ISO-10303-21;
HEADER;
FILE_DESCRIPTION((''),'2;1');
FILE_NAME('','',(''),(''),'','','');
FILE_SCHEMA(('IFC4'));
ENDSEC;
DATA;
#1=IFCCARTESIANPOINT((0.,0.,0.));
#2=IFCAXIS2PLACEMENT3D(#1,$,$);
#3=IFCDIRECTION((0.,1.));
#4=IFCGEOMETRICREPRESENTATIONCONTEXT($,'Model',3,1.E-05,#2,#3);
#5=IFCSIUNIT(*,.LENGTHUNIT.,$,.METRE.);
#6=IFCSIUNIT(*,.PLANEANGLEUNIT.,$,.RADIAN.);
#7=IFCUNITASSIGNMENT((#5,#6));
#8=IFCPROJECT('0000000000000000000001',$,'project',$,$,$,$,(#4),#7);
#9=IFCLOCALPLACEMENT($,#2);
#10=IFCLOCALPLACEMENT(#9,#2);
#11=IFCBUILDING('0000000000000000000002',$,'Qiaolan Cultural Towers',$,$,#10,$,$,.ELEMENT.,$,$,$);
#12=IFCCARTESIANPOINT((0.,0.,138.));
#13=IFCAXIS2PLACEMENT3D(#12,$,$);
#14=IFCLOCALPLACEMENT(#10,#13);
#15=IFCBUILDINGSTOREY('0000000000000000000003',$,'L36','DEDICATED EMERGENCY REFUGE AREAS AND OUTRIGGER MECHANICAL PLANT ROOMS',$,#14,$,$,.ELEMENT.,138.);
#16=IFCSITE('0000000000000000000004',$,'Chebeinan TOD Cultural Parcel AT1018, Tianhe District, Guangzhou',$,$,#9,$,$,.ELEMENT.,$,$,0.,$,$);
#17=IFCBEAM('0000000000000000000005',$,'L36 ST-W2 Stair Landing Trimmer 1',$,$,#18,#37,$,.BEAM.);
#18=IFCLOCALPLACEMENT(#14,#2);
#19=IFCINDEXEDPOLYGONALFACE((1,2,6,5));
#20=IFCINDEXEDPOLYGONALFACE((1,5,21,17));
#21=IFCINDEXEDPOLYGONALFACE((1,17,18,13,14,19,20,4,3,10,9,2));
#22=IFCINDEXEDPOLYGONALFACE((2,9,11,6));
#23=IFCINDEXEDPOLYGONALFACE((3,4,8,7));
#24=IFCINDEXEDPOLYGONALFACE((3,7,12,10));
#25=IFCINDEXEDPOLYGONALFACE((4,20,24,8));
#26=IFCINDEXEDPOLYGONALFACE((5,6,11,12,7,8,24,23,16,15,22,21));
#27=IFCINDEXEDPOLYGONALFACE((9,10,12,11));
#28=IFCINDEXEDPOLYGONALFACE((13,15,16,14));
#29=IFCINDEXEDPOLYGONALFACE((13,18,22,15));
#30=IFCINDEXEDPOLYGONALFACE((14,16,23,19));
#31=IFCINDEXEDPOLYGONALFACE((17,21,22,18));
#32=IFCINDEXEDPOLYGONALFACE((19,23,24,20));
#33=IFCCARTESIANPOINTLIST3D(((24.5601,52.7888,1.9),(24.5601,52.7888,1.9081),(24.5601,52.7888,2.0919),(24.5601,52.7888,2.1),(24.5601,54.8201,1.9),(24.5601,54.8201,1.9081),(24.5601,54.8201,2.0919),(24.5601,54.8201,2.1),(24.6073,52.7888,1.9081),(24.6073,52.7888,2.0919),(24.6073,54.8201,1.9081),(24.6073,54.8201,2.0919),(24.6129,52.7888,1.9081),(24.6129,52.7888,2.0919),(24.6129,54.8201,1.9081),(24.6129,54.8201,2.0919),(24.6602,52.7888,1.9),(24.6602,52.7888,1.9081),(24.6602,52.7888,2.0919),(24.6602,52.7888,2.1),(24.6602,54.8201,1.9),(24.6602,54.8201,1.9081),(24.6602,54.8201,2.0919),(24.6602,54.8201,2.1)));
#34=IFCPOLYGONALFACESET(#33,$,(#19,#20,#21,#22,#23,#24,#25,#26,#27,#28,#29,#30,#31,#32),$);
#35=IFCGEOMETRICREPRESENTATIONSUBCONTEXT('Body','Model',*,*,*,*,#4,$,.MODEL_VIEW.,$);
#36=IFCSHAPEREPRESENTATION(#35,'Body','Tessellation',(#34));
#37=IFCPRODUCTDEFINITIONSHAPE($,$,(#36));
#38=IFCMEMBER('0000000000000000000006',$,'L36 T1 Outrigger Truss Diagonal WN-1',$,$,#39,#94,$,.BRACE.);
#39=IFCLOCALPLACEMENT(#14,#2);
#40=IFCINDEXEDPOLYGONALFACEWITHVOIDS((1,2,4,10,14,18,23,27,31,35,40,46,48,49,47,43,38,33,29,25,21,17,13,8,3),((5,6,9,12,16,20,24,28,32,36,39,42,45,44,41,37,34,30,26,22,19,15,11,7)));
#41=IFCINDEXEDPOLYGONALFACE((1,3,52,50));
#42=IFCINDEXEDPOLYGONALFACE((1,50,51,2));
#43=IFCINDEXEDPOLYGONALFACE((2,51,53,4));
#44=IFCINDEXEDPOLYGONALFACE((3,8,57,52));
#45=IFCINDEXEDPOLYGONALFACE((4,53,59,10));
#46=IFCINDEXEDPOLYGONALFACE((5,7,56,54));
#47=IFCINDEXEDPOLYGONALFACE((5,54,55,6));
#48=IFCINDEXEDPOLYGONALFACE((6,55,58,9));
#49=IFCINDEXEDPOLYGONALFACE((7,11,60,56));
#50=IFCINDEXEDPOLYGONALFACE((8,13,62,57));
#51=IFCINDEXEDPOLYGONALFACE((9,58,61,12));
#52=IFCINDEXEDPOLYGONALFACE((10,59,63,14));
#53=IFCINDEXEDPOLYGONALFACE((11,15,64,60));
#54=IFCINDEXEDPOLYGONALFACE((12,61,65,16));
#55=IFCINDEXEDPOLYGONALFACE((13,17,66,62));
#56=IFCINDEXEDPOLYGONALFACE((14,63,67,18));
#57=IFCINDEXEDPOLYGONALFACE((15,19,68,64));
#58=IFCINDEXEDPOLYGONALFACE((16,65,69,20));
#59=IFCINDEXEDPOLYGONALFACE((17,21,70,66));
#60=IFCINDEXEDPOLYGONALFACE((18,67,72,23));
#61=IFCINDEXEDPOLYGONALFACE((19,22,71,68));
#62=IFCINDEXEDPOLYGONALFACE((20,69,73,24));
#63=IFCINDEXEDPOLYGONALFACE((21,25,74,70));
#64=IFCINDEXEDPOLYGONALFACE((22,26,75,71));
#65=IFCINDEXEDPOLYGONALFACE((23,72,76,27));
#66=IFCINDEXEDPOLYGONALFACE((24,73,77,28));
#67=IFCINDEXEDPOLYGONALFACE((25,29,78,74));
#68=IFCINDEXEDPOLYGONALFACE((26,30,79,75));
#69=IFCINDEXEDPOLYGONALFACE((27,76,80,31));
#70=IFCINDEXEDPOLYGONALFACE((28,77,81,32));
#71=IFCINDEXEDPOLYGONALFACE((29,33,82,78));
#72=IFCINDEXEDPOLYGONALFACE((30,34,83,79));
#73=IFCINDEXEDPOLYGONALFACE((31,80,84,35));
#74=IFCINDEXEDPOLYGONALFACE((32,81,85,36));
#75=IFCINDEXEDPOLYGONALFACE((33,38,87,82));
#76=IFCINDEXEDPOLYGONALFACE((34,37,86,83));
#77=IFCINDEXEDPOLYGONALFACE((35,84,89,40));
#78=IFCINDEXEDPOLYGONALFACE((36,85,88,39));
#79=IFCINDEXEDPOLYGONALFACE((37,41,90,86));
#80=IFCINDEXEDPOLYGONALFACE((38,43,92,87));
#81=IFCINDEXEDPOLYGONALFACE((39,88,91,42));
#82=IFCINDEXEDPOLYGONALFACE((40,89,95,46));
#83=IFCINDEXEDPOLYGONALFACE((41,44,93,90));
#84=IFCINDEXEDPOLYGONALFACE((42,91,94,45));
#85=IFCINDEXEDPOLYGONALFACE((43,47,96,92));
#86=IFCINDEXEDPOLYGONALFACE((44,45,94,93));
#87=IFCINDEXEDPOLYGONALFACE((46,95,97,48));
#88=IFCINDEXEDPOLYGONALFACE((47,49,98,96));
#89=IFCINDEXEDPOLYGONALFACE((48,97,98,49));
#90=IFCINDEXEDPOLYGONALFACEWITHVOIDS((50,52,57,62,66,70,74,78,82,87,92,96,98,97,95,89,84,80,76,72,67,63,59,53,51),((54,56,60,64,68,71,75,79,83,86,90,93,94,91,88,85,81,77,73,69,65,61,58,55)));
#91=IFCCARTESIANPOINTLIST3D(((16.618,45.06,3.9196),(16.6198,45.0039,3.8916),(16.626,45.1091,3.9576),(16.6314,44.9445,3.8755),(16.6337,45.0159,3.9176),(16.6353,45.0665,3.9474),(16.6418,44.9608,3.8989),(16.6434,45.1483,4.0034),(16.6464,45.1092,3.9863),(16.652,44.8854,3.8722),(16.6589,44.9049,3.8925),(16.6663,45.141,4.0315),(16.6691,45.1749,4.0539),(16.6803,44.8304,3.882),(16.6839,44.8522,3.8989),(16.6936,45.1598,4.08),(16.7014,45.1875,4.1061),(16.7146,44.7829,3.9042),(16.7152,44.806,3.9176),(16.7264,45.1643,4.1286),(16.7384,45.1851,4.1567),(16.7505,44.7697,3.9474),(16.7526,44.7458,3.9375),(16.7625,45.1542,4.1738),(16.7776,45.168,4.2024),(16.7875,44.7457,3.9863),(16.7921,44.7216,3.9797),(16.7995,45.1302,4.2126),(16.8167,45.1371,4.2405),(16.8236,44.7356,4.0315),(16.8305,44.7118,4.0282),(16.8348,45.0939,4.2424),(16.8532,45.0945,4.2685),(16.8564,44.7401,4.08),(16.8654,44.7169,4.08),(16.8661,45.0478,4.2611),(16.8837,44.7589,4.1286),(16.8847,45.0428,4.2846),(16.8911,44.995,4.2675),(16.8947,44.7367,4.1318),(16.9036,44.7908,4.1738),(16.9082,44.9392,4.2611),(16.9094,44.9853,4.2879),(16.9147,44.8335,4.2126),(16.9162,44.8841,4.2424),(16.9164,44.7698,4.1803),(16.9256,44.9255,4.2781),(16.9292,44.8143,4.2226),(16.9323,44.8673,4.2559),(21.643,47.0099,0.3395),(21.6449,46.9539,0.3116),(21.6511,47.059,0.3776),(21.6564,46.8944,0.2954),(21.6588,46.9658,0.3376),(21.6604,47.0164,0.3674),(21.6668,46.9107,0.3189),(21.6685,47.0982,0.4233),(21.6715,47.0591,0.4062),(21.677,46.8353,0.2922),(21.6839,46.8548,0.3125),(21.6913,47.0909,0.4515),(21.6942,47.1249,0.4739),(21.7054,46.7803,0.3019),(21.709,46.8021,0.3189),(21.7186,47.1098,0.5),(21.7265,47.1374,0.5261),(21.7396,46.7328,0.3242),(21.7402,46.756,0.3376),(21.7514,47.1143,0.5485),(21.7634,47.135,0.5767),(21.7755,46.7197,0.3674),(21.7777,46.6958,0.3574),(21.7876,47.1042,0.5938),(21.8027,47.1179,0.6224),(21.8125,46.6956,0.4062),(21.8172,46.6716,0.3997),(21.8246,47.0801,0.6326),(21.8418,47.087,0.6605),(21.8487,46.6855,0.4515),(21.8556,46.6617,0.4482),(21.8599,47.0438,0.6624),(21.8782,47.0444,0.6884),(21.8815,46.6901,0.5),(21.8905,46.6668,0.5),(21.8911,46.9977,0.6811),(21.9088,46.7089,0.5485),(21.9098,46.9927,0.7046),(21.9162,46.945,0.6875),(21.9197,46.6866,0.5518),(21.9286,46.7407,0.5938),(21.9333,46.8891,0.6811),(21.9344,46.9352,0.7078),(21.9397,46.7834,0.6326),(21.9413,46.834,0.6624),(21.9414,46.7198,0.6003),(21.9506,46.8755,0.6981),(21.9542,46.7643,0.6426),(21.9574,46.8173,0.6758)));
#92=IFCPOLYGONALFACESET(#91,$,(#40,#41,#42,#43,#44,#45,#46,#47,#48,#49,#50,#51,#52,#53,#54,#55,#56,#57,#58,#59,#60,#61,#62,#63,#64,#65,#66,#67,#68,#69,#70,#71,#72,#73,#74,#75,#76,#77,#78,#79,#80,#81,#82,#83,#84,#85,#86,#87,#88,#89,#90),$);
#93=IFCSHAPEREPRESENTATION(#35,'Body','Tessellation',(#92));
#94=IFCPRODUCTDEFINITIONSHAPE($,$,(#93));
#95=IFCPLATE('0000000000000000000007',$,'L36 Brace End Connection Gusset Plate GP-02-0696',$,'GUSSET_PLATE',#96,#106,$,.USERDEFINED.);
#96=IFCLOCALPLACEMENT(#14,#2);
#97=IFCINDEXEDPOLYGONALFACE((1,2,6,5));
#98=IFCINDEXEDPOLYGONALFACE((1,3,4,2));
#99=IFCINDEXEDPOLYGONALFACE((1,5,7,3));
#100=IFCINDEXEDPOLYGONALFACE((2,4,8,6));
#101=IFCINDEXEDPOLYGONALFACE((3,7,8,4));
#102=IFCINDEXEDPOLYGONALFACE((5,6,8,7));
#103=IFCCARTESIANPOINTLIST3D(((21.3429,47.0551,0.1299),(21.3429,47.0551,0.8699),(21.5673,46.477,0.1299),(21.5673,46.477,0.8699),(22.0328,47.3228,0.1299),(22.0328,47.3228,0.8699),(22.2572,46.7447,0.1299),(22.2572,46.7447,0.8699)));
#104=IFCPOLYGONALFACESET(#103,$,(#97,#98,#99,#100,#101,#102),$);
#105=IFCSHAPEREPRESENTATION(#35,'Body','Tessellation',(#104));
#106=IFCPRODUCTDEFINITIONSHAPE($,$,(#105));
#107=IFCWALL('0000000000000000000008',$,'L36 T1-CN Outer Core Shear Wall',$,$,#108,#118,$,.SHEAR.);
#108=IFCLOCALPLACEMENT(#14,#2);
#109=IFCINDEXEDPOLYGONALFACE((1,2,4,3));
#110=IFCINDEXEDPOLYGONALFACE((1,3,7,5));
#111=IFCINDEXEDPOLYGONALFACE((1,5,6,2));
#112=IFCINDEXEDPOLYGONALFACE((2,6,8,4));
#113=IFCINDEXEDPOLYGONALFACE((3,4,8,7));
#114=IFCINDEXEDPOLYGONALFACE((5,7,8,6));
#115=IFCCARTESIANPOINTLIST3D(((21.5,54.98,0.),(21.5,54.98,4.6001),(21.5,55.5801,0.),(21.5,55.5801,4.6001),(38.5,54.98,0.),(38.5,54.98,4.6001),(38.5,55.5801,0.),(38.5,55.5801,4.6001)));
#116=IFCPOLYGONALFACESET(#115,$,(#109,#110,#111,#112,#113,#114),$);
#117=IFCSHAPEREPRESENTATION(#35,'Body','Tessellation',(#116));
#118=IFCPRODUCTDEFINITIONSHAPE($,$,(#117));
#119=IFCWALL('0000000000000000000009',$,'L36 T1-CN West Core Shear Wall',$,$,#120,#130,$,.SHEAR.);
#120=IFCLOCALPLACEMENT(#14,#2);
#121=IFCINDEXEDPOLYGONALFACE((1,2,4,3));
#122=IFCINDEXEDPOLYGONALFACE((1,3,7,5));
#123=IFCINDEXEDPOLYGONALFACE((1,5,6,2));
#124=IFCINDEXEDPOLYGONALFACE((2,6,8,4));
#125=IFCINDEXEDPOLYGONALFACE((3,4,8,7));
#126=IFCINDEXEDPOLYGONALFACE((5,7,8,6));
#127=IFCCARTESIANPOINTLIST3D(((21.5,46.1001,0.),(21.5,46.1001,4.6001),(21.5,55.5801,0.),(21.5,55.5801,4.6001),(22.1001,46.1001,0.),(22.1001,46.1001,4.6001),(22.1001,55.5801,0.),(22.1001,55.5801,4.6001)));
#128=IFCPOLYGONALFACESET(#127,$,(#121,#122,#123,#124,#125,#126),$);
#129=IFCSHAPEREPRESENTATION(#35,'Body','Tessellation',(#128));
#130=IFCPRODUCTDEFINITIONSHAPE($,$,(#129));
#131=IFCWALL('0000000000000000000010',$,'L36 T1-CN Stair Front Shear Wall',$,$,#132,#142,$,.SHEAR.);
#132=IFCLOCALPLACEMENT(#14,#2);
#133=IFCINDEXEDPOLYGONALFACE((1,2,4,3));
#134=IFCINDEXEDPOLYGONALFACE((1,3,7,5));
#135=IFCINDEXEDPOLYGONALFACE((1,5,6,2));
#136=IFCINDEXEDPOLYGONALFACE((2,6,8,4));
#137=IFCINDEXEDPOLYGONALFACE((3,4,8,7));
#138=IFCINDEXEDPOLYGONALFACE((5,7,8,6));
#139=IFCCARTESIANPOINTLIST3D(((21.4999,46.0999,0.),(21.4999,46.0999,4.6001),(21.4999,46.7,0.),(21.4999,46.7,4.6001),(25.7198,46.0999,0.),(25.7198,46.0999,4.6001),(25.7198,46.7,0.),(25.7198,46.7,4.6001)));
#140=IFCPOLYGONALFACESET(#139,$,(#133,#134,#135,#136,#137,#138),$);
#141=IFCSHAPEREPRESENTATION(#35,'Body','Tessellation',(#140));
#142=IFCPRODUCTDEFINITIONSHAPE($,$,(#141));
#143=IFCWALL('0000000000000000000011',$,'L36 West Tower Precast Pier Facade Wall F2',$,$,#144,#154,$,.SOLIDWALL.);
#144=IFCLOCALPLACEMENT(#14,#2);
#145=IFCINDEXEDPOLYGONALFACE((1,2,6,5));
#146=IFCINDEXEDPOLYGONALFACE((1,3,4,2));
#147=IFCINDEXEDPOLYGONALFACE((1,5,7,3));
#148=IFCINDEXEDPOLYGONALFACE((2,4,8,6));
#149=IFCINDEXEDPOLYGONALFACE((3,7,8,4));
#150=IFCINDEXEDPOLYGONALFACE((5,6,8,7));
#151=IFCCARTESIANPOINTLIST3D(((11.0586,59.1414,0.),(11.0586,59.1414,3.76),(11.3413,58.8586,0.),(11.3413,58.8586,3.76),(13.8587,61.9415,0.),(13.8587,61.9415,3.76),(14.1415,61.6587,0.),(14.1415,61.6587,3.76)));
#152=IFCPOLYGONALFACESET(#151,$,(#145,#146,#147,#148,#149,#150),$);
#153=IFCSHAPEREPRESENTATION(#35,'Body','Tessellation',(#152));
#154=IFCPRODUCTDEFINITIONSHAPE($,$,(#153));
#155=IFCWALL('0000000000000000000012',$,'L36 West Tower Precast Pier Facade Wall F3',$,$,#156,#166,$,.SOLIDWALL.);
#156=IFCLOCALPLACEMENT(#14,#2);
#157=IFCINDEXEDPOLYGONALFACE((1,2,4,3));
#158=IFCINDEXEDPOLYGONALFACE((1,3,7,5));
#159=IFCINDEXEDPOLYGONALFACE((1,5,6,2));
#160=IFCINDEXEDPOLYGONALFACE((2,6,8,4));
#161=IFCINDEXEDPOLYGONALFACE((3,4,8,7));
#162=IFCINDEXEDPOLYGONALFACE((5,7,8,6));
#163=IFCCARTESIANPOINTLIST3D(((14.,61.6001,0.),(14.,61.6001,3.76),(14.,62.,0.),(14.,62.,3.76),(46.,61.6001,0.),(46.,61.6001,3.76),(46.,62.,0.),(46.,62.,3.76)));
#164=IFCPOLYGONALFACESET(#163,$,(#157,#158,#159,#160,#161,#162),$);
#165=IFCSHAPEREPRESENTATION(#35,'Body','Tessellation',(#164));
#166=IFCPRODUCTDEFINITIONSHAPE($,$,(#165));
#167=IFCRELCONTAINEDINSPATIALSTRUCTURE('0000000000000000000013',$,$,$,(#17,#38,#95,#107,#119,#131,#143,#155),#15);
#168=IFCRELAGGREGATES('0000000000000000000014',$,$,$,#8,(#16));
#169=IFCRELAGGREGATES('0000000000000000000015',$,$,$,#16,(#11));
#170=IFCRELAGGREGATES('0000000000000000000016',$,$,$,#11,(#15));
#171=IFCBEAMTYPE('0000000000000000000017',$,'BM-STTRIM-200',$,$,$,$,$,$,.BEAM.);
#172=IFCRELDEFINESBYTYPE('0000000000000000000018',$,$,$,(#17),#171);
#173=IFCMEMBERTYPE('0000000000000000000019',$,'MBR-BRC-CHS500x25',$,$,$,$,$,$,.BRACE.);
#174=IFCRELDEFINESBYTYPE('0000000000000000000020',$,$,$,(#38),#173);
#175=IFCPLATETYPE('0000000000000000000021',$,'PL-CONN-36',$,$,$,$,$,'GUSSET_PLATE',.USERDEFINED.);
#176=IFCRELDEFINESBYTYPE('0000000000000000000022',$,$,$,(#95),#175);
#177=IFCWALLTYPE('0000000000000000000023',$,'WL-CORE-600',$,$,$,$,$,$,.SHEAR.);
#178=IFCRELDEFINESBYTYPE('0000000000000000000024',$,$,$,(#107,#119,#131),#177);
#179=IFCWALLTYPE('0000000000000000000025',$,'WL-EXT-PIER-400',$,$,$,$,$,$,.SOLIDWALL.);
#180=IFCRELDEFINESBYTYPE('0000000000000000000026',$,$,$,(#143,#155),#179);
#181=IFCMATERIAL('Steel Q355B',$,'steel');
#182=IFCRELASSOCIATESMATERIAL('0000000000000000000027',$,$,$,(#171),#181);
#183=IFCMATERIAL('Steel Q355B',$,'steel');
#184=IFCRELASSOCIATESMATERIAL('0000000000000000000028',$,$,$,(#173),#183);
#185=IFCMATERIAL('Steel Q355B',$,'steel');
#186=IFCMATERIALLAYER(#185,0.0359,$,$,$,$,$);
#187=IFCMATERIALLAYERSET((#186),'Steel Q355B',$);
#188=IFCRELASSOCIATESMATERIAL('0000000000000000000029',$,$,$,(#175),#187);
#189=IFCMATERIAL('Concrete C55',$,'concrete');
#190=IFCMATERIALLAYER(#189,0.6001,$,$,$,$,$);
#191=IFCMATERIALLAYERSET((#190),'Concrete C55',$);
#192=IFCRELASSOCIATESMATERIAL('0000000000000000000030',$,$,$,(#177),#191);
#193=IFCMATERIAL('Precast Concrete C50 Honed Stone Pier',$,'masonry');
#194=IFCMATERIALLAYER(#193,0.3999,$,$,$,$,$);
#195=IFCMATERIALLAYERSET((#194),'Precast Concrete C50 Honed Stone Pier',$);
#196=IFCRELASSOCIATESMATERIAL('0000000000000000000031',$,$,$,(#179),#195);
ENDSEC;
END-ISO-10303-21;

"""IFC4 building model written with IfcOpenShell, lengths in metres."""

from ifc_helpers import new_model, si_unit, direction, frame, frame_2d, origin, origin_2d, place, context, subcontext, project, spatial, rectangle, hollow_circle, i_section, extrude, material, layer, layer_set, material_profile, profile_set, type_object, element, save


model = new_model("IFC4")

# Units and contexts
model_context = context("Model", 3, precision=1e-05, world=origin(), true_north=direction((0.0, 1.0)))
body_context = subcontext(model_context, "Body", "Model", "MODEL_VIEW")
ifc_project = project(units=[si_unit("LENGTHUNIT", "METRE"), si_unit("PLANEANGLEUNIT", "RADIAN")], contexts=[model_context])

# Site, building, storey
site_placement = place(None, origin())
site = spatial("IfcSite", under=ifc_project, at=site_placement, Name="Chebeinan TOD Cultural Parcel AT1018, Tianhe District, Guangzhou", CompositionType="ELEMENT", RefElevation=0.0)
building_placement = place(site_placement, origin())
building = spatial("IfcBuilding", under=site, at=building_placement, Name="Qiaolan Cultural Towers", CompositionType="ELEMENT")
storey_placement = place(building_placement, frame((0.0, 0.0, 138.0)))
storey = spatial("IfcBuildingStorey", under=building, at=storey_placement, Name="L36", Description="DEDICATED EMERGENCY REFUGE AREAS AND OUTRIGGER MECHANICAL PLANT ROOMS", CompositionType="ELEMENT", Elevation=138.0)

# Beam
ifc_material_1 = material(Name="Steel Q355B", Category="steel")
ifc_material_profile_1 = material_profile(ifc_material_1, i_section(OverallWidth=0.1001, OverallDepth=0.2, WebThickness=0.0056, FlangeThickness=0.0081, at=origin_2d()), Name="HN200x100x5.5x8")
ifc_profile_set_1 = profile_set([ifc_material_profile_1], Name="Steel Q355B")
beam_type_1 = type_object("IfcBeamType", Name="BM-STTRIM-200", PredefinedType="BEAM", material=ifc_profile_set_1)
beam_1_placement = place(storey_placement, frame((24.6101, 52.7888, 2.0), z_axis=(0.0, 1.0, 0.0), x_axis=(-1.0, 0.0, 0.0)))
element("IfcBeam", 1, at=beam_1_placement, inside=storey, type_object=beam_type_1, Name="L36 ST-W2 Stair Landing Trimmer 1", PredefinedType="BEAM", context=body_context, shape_type="SweptSolid", body=[
    extrude(i_section(OverallWidth=0.1001, OverallDepth=0.2, WebThickness=0.0056, FlangeThickness=0.0081, at=origin_2d()), origin(), (0.0, 0.0, 1.0), 2.0312),
])

# Member
ifc_material_2 = material(Name="Steel Q355B", Category="steel")
ifc_material_profile_2 = material_profile(ifc_material_2, hollow_circle(Radius=0.25, WallThickness=0.0249, at=origin_2d()), Name="CHS500x25")
ifc_profile_set_2 = profile_set([ifc_material_profile_2], Name="Steel Q355B")
member_type = type_object("IfcMemberType", Name="MBR-BRC-CHS500x25", PredefinedType="BRACE", material=ifc_profile_set_2)
member_placement = place(storey_placement, frame((21.8, 46.8999, 0.5), z_axis=(-0.776587, -0.301346, 0.553266), x_axis=(0.361758, -0.932272, 0.0)))
element("IfcMember", 2, at=member_placement, inside=storey, type_object=member_type, Name="L36 T1 Outrigger Truss Diagonal WN-1", PredefinedType="BRACE", context=body_context, shape_type="SweptSolid", body=[
    extrude(hollow_circle(Radius=0.25, WallThickness=0.0249, at=origin_2d()), origin(), (0.0, 0.0, 1.0), 6.4707),
])

# Plate
ifc_material_3 = material(Name="Steel Q355B", Category="steel")
ifc_layer_1 = layer(ifc_material_3, 0.0359)
ifc_layer_set_1 = layer_set([ifc_layer_1], Name="Steel Q355B")
plate_type = type_object("IfcPlateType", Name="PL-CONN-36", ElementType="GUSSET_PLATE", PredefinedType="USERDEFINED", material=ifc_layer_set_1)
plate_placement = place(storey_placement, frame((21.8, 46.8999, 0.1299), z_axis=(0.0, 0.0, 1.0), x_axis=(0.932266, 0.361775, 0.0)))
element("IfcPlate", 3, at=plate_placement, inside=storey, type_object=plate_type, Name="L36 Brace End Connection Gusset Plate GP-02-0696", ObjectType="GUSSET_PLATE", PredefinedType="USERDEFINED", context=body_context, shape_type="SweptSolid", body=[
    extrude(rectangle(XDim=0.74, YDim=0.6201, at=origin_2d()), origin(), (0.0, 0.0, 1.0), 0.74),
])

# Walls
ifc_material_4 = material(Name="Concrete C55", Category="concrete")
ifc_layer_2 = layer(ifc_material_4, 0.6001)
ifc_layer_set_2 = layer_set([ifc_layer_2], Name="Concrete C55")
wall_type_1 = type_object("IfcWallType", Name="WL-CORE-600", PredefinedType="SHEAR", material=ifc_layer_set_2)
wall_1_placement = place(storey_placement, frame((21.5, 55.28, 0.0), z_axis=(0.0, 0.0, 1.0), x_axis=(1.0, 0.0, 0.0)))
element("IfcWall", 4, at=wall_1_placement, inside=storey, type_object=wall_type_1, Name="L36 T1-CN Outer Core Shear Wall", PredefinedType="SHEAR", context=body_context, shape_type="SweptSolid", body=[
    extrude(rectangle(XDim=17.0, YDim=0.6001, at=frame_2d((8.5, 0.0))), origin(), (0.0, 0.0, 1.0), 4.6001),
])
wall_2_placement = place(storey_placement, frame((21.8, 46.1001, 0.0), z_axis=(0.0, 0.0, 1.0), x_axis=(0.0, 1.0, 0.0)))
element("IfcWall", 5, at=wall_2_placement, inside=storey, type_object=wall_type_1, Name="L36 T1-CN West Core Shear Wall", PredefinedType="SHEAR", context=body_context, shape_type="SweptSolid", body=[
    extrude(rectangle(XDim=9.48, YDim=0.6001, at=frame_2d((4.74, 0.0))), origin(), (0.0, 0.0, 1.0), 4.6001),
])
wall_3_placement = place(storey_placement, frame((21.5, 46.3999, 0.0), z_axis=(0.0, 0.0, 1.0), x_axis=(1.0, 0.0, 0.0)))
element("IfcWall", 6, at=wall_3_placement, inside=storey, type_object=wall_type_1, Name="L36 T1-CN Stair Front Shear Wall", PredefinedType="SHEAR", context=body_context, shape_type="SweptSolid", body=[
    extrude(rectangle(XDim=4.22, YDim=0.6001, at=frame_2d((2.1099, 0.0))), origin(), (0.0, 0.0, 1.0), 4.6001),
])
ifc_material_5 = material(Name="Precast Concrete C50 Honed Stone Pier", Category="masonry")
ifc_layer_3 = layer(ifc_material_5, 0.3999)
ifc_layer_set_3 = layer_set([ifc_layer_3], Name="Precast Concrete C50 Honed Stone Pier")
wall_type_2 = type_object("IfcWallType", Name="WL-EXT-PIER-400", PredefinedType="SOLIDWALL", material=ifc_layer_set_3)
wall_4_placement = place(storey_placement, frame((11.2, 59.0, 0.0), z_axis=(0.0, 0.0, 1.0), x_axis=(0.707107, 0.707107, 0.0)))
element("IfcWall", 7, at=wall_4_placement, inside=storey, type_object=wall_type_2, Name="L36 West Tower Precast Pier Facade Wall F2", PredefinedType="SOLIDWALL", context=body_context, shape_type="SweptSolid", body=[
    extrude(rectangle(XDim=3.96, YDim=0.3999, at=frame_2d((1.98, 0.0))), origin(), (0.0, 0.0, 1.0), 3.76),
])
wall_5_placement = place(storey_placement, frame((14.0, 61.8, 0.0), z_axis=(0.0, 0.0, 1.0), x_axis=(1.0, 0.0, 0.0)))
element("IfcWall", 8, at=wall_5_placement, inside=storey, type_object=wall_type_2, Name="L36 West Tower Precast Pier Facade Wall F3", PredefinedType="SOLIDWALL", context=body_context, shape_type="SweptSolid", body=[
    extrude(rectangle(XDim=32.0, YDim=0.3999, at=frame_2d((16.0, 0.0))), origin(), (0.0, 0.0, 1.0), 3.76),
])

save(model, "model.ifc")
